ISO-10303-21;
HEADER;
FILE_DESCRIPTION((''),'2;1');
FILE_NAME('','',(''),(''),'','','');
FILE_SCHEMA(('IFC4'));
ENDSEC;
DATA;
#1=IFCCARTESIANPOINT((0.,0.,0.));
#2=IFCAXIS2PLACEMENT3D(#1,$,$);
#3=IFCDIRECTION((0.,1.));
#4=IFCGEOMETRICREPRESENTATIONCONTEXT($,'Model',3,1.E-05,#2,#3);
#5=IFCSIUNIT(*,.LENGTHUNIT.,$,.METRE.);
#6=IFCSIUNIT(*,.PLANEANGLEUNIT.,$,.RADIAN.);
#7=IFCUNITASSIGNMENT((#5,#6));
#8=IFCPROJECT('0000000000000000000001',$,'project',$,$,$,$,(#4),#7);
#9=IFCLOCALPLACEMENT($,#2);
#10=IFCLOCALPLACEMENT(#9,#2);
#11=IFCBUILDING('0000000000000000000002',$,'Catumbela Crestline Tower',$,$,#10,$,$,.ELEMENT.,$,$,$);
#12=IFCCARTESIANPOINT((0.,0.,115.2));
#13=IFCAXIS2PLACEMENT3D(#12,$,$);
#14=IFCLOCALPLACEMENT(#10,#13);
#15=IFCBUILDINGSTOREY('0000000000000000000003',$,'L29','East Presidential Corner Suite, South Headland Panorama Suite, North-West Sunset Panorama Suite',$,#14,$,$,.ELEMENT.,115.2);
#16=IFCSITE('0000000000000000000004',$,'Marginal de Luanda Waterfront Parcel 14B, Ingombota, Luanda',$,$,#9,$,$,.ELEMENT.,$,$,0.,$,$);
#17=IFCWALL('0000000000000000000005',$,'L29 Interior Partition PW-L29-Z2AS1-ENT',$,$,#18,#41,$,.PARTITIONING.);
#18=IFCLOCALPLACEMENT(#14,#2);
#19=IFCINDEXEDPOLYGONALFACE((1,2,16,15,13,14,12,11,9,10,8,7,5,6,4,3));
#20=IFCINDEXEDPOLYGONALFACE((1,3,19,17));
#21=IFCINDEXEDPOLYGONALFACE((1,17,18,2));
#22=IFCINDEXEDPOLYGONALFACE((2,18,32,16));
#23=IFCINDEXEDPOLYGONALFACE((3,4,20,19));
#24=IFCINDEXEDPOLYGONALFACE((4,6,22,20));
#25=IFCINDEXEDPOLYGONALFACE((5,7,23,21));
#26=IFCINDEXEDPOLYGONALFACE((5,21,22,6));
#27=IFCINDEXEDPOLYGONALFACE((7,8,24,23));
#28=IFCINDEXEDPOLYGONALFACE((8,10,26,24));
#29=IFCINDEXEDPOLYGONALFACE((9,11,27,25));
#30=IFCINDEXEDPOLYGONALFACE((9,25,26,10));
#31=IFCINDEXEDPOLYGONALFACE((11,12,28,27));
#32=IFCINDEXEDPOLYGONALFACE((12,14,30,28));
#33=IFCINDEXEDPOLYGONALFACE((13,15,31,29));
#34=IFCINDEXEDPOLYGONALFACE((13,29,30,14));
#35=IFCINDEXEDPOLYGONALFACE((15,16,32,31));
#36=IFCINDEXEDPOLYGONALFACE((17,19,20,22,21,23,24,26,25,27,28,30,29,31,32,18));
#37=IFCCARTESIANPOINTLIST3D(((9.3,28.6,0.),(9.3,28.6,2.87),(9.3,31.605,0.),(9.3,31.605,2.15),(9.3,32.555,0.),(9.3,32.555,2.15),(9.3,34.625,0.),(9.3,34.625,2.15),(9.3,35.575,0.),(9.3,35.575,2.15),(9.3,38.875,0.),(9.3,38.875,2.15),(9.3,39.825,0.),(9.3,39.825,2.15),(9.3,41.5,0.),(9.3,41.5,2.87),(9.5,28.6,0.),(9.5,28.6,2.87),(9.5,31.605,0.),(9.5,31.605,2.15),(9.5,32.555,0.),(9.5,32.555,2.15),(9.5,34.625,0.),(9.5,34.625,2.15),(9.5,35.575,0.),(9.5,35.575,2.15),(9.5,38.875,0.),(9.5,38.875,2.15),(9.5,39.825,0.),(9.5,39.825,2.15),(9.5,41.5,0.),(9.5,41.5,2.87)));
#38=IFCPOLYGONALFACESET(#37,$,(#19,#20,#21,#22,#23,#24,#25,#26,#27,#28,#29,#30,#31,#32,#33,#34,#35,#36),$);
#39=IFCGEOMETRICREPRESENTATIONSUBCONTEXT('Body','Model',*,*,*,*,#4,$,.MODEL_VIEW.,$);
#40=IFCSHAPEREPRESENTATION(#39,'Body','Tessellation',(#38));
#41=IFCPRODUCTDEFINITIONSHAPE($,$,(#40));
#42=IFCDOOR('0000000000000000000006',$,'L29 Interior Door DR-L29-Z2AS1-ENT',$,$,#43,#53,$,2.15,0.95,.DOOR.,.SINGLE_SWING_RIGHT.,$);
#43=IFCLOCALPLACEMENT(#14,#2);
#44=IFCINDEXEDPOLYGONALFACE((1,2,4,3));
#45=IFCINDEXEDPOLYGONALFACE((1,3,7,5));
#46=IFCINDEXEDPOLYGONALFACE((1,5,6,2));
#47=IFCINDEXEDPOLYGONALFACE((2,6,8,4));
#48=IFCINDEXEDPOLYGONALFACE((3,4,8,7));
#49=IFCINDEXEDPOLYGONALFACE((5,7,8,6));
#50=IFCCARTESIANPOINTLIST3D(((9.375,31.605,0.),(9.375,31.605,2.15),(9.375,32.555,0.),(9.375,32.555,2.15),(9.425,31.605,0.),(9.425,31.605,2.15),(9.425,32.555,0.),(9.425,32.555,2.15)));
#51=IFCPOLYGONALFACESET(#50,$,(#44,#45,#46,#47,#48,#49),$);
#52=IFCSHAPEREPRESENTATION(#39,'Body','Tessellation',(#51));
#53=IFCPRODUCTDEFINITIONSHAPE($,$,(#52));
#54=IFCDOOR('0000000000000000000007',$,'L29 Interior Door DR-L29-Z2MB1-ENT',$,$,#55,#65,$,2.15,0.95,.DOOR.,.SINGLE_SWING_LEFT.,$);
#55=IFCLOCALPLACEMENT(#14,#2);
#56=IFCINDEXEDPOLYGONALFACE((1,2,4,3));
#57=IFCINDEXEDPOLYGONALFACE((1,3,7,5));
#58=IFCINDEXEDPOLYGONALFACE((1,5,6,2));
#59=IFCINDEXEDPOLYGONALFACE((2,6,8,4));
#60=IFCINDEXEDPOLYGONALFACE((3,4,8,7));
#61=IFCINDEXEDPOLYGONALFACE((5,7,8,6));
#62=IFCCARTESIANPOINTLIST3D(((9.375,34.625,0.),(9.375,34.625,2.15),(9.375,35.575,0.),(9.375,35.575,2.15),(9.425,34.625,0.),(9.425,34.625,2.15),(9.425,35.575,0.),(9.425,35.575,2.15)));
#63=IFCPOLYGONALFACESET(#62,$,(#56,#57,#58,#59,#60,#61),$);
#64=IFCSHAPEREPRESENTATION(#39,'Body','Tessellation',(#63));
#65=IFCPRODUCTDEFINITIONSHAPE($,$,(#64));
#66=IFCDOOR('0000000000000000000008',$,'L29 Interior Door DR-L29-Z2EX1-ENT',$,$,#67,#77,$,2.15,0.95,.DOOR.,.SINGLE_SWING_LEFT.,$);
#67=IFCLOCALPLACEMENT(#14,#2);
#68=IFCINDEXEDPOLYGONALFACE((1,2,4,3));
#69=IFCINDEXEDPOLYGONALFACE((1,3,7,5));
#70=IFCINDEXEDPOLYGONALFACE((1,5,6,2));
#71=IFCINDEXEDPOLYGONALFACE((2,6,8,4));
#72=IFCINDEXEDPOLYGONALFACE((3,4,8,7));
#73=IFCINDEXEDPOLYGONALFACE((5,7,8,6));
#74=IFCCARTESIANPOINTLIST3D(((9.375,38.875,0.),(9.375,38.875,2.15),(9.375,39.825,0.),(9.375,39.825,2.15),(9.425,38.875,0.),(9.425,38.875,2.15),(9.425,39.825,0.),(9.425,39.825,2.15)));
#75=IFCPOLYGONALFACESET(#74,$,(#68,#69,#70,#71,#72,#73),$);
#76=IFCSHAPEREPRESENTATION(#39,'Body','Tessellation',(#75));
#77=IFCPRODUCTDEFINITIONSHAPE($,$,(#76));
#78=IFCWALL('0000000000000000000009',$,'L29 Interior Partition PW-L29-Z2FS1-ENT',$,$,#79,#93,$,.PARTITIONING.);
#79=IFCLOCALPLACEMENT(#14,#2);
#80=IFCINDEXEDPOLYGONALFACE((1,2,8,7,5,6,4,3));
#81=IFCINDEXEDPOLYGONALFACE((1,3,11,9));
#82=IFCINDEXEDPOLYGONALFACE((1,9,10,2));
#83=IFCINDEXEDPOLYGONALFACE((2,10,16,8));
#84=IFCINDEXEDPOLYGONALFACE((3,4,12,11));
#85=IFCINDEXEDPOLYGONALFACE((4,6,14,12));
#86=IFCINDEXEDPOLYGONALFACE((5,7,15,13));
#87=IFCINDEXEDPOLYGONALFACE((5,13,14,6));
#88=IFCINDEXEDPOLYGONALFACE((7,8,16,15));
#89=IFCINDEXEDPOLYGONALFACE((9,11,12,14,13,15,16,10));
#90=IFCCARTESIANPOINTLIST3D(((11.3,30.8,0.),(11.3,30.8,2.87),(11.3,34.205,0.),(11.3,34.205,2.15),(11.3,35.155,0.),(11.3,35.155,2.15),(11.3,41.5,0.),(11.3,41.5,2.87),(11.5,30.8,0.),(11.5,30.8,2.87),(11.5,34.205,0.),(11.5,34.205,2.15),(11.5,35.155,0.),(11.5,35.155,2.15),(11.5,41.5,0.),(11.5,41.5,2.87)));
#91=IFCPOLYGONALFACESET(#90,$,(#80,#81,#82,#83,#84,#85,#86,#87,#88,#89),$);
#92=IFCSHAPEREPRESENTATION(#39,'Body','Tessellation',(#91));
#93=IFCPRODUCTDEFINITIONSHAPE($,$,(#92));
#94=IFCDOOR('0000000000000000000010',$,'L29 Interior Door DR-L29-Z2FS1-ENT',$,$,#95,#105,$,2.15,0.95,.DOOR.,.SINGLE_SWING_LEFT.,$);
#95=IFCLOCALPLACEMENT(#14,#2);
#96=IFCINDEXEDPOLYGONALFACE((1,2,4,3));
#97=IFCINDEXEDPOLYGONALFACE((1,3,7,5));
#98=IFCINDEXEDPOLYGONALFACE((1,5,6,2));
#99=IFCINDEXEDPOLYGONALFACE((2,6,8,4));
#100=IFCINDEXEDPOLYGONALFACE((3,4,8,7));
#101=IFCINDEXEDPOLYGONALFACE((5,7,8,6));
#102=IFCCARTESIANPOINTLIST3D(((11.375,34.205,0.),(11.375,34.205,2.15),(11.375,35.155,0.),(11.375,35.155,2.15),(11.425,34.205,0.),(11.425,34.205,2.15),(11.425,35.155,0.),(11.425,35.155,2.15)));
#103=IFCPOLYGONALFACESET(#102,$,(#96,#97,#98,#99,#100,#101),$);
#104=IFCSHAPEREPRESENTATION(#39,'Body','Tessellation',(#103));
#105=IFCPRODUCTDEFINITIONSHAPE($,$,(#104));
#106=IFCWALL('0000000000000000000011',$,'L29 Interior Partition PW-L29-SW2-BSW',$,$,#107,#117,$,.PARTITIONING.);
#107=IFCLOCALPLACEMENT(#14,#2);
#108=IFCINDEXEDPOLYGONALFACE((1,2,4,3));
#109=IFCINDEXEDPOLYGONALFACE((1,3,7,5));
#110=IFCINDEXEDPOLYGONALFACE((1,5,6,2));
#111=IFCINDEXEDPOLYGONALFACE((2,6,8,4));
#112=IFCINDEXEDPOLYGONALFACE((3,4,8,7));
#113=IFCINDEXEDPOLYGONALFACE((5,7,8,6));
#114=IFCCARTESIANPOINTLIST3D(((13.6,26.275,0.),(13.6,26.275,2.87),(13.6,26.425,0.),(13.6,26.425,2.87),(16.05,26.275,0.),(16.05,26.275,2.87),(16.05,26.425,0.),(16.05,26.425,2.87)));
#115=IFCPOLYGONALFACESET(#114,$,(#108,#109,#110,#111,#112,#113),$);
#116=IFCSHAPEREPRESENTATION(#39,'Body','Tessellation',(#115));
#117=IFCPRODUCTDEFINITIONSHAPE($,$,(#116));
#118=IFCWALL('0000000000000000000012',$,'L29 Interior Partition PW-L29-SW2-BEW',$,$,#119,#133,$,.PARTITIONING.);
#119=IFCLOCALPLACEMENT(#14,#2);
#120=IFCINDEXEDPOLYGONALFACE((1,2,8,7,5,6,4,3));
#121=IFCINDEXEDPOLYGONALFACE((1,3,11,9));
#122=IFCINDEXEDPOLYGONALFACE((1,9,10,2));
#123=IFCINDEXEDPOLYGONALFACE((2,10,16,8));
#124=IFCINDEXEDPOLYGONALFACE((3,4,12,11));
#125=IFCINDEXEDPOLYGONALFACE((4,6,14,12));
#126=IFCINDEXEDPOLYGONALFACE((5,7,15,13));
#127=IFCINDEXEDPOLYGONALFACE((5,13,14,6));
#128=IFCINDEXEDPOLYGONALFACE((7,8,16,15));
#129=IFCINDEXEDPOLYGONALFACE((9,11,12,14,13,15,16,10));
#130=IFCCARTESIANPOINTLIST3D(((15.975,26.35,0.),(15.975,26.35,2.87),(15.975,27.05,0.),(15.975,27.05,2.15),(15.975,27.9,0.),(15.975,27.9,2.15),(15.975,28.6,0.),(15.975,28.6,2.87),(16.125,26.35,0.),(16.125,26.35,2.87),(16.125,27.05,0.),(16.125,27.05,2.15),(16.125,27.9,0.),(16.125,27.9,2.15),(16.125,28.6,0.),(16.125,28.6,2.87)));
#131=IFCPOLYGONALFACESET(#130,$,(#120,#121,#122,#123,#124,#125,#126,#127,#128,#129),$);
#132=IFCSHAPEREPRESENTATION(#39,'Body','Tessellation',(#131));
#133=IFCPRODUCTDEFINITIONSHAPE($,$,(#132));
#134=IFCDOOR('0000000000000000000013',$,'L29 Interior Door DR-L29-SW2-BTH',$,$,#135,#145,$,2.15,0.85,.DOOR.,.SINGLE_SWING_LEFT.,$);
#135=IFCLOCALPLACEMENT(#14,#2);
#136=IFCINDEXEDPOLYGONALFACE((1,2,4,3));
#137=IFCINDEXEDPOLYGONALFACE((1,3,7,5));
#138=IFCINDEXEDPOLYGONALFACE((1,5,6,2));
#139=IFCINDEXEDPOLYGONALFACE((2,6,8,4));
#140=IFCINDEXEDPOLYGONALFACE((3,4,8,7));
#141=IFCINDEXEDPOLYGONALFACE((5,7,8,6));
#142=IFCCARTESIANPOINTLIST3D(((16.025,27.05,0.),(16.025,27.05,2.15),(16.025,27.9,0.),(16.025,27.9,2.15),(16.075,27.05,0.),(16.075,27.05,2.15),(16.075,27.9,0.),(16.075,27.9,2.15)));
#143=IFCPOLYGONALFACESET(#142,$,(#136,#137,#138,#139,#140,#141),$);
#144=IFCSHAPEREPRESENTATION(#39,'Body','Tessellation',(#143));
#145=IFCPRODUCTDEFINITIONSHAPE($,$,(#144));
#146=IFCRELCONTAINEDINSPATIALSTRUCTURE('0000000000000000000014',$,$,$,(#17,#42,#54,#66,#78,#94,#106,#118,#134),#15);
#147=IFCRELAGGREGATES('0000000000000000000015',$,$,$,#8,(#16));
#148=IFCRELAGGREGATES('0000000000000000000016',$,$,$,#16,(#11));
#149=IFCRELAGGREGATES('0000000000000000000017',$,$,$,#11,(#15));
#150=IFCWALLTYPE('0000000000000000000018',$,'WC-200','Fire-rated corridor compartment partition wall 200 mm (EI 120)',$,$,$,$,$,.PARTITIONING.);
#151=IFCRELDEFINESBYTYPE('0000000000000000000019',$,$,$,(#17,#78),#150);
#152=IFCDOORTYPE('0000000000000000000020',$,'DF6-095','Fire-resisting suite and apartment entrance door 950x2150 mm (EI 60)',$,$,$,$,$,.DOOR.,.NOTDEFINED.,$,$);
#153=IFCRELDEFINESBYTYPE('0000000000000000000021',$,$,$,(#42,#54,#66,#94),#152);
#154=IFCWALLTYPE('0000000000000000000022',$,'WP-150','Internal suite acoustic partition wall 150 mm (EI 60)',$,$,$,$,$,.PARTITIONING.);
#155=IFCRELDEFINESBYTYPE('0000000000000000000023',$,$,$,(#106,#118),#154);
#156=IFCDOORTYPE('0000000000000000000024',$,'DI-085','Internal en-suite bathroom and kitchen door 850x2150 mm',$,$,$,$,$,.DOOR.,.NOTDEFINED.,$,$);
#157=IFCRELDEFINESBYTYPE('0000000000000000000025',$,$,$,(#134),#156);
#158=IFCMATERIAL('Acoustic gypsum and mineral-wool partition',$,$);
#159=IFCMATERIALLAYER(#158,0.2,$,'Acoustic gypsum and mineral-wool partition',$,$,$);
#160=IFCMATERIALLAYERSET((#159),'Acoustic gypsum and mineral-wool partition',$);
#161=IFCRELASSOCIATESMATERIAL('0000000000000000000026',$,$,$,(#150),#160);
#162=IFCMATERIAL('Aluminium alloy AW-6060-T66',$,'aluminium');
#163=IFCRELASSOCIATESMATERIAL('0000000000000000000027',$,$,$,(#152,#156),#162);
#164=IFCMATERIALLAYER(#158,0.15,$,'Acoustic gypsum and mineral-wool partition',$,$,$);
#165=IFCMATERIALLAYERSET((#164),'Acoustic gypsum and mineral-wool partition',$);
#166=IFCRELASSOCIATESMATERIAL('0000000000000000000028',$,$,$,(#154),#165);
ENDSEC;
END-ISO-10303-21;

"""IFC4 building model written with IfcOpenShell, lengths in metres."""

from ifc_helpers import new_model, si_unit, direction, frame, frame_2d, origin, place, context, subcontext, project, spatial, rectangle, extrude, material, layer, layer_set, type_object, element, fill, save


model = new_model("IFC4")

# Units and contexts
model_context = context("Model", 3, precision=1e-05, world=origin(), true_north=direction((0.0, 1.0)))
body_context = subcontext(model_context, "Body", "Model", "MODEL_VIEW")
ifc_project = project(units=[si_unit("LENGTHUNIT", "METRE"), si_unit("PLANEANGLEUNIT", "RADIAN")], contexts=[model_context])

# Site, building, storey
site_placement = place(None, origin())
site = spatial("IfcSite", under=ifc_project, at=site_placement, Name="Marginal de Luanda Waterfront Parcel 14B, Ingombota, Luanda", CompositionType="ELEMENT", RefElevation=0.0)
building_placement = place(site_placement, origin())
building = spatial("IfcBuilding", under=site, at=building_placement, Name="Catumbela Crestline Tower", CompositionType="ELEMENT")
storey_placement = place(building_placement, frame((0.0, 0.0, 115.2)))
storey = spatial("IfcBuildingStorey", under=building, at=storey_placement, Name="L29", Description="East Presidential Corner Suite, South Headland Panorama Suite, North-West Sunset Panorama Suite", CompositionType="ELEMENT", Elevation=115.2)

# Shared definitions
ifc_material_1 = material(Name="Acoustic gypsum and mineral-wool partition")
ifc_layer_1 = layer(ifc_material_1, 0.2, Name="Acoustic gypsum and mineral-wool partition")
ifc_layer_set_1 = layer_set([ifc_layer_1], Name="Acoustic gypsum and mineral-wool partition")
wall_type_1 = type_object("IfcWallType", Name="WC-200", Description="Fire-rated corridor compartment partition wall 200 mm (EI 120)", PredefinedType="PARTITIONING", material=ifc_layer_set_1)
ifc_material_2 = material(Name="Aluminium alloy AW-6060-T66", Category="aluminium")
door_type_1 = type_object("IfcDoorType", Name="DF6-095", Description="Fire-resisting suite and apartment entrance door 950x2150 mm (EI 60)", OperationType="NOTDEFINED", PredefinedType="DOOR", material=ifc_material_2)

# Wall, openings, doors
wall_1_placement = place(storey_placement, frame((9.4, 28.6, 0.0), z_axis=(0.0, 0.0, 1.0), x_axis=(0.0, 1.0, 0.0)))
wall_1 = element("IfcWall", 1, at=wall_1_placement, inside=storey, type_object=wall_type_1, Name="L29 Interior Partition PW-L29-Z2AS1-ENT", PredefinedType="PARTITIONING", context=body_context, shape_type="SweptSolid", body=[
    extrude(rectangle(XDim=12.9, YDim=0.2, at=frame_2d((6.45, 0.0))), origin(), (0.0, 0.0, 1.0), 2.87),
])
opening_1_placement = place(wall_1_placement, frame((3.005, 0.0, 0.0)))
opening_1 = element("IfcOpeningElement", 2, at=opening_1_placement, cuts=wall_1, PredefinedType="OPENING", context=body_context, shape_type="SweptSolid", body=[
    extrude(rectangle(XDim=0.95, YDim=2.15, at=frame_2d((0.475, 1.075))), frame((0.0, 0.11, 0.0), z_axis=(0.0, -1.0, 0.0), x_axis=(1.0, 0.0, 0.0)), (0.0, 0.0, 1.0), 0.22),
])
opening_2_placement = place(wall_1_placement, frame((6.025, 0.0, 0.0)))
opening_2 = element("IfcOpeningElement", 3, at=opening_2_placement, cuts=wall_1, PredefinedType="OPENING", context=body_context, shape_type="SweptSolid", body=[
    extrude(rectangle(XDim=0.95, YDim=2.15, at=frame_2d((0.475, 1.075))), frame((0.0, 0.11, 0.0), z_axis=(0.0, -1.0, 0.0), x_axis=(1.0, 0.0, 0.0)), (0.0, 0.0, 1.0), 0.22),
])
opening_3_placement = place(wall_1_placement, frame((10.275, 0.0, 0.0)))
opening_3 = element("IfcOpeningElement", 4, at=opening_3_placement, cuts=wall_1, PredefinedType="OPENING", context=body_context, shape_type="SweptSolid", body=[
    extrude(rectangle(XDim=0.95, YDim=2.15, at=frame_2d((0.475, 1.075))), frame((0.0, 0.11, 0.0), z_axis=(0.0, -1.0, 0.0), x_axis=(1.0, 0.0, 0.0)), (0.0, 0.0, 1.0), 0.22),
])
door_1_placement = place(opening_1_placement, origin())
door_1 = element("IfcDoor", 5, at=door_1_placement, inside=storey, type_object=door_type_1, Name="L29 Interior Door DR-L29-Z2AS1-ENT", OperationType="SINGLE_SWING_RIGHT", OverallHeight=2.15, OverallWidth=0.95, PredefinedType="DOOR", context=body_context, shape_type="SweptSolid", body=[
    extrude(rectangle(XDim=0.95, YDim=2.15, at=frame_2d((0.475, 1.075))), frame((0.0, 0.025, 0.0), z_axis=(0.0, -1.0, 0.0), x_axis=(1.0, 0.0, 0.0)), (0.0, 0.0, 1.0), 0.05),
])
fill(opening_1, door_1)
door_2_placement = place(opening_2_placement, origin())
door_2 = element("IfcDoor", 6, at=door_2_placement, inside=storey, type_object=door_type_1, Name="L29 Interior Door DR-L29-Z2MB1-ENT", OperationType="SINGLE_SWING_LEFT", OverallHeight=2.15, OverallWidth=0.95, PredefinedType="DOOR", context=body_context, shape_type="SweptSolid", body=[
    extrude(rectangle(XDim=0.95, YDim=2.15, at=frame_2d((0.475, 1.075))), frame((0.0, 0.025, 0.0), z_axis=(0.0, -1.0, 0.0), x_axis=(1.0, 0.0, 0.0)), (0.0, 0.0, 1.0), 0.05),
])
fill(opening_2, door_2)
door_3_placement = place(opening_3_placement, origin())
door_3 = element("IfcDoor", 7, at=door_3_placement, inside=storey, type_object=door_type_1, Name="L29 Interior Door DR-L29-Z2EX1-ENT", OperationType="SINGLE_SWING_LEFT", OverallHeight=2.15, OverallWidth=0.95, PredefinedType="DOOR", context=body_context, shape_type="SweptSolid", body=[
    extrude(rectangle(XDim=0.95, YDim=2.15, at=frame_2d((0.475, 1.075))), frame((0.0, 0.025, 0.0), z_axis=(0.0, -1.0, 0.0), x_axis=(1.0, 0.0, 0.0)), (0.0, 0.0, 1.0), 0.05),
])
fill(opening_3, door_3)

# Wall, opening, door
wall_2_placement = place(storey_placement, frame((11.4, 30.8, 0.0), z_axis=(0.0, 0.0, 1.0), x_axis=(0.0, 1.0, 0.0)))
wall_2 = element("IfcWall", 8, at=wall_2_placement, inside=storey, type_object=wall_type_1, Name="L29 Interior Partition PW-L29-Z2FS1-ENT", PredefinedType="PARTITIONING", context=body_context, shape_type="SweptSolid", body=[
    extrude(rectangle(XDim=10.7, YDim=0.2, at=frame_2d((5.35, 0.0))), origin(), (0.0, 0.0, 1.0), 2.87),
])
opening_4_placement = place(wall_2_placement, frame((3.405, 0.0, 0.0)))
opening_4 = element("IfcOpeningElement", 9, at=opening_4_placement, cuts=wall_2, PredefinedType="OPENING", context=body_context, shape_type="SweptSolid", body=[
    extrude(rectangle(XDim=0.95, YDim=2.15, at=frame_2d((0.475, 1.075))), frame((0.0, 0.11, 0.0), z_axis=(0.0, -1.0, 0.0), x_axis=(1.0, 0.0, 0.0)), (0.0, 0.0, 1.0), 0.22),
])
door_4_placement = place(opening_4_placement, origin())
door_4 = element("IfcDoor", 10, at=door_4_placement, inside=storey, type_object=door_type_1, Name="L29 Interior Door DR-L29-Z2FS1-ENT", OperationType="SINGLE_SWING_LEFT", OverallHeight=2.15, OverallWidth=0.95, PredefinedType="DOOR", context=body_context, shape_type="SweptSolid", body=[
    extrude(rectangle(XDim=0.95, YDim=2.15, at=frame_2d((0.475, 1.075))), frame((0.0, 0.025, 0.0), z_axis=(0.0, -1.0, 0.0), x_axis=(1.0, 0.0, 0.0)), (0.0, 0.0, 1.0), 0.05),
])
fill(opening_4, door_4)

# Wall
ifc_layer_2 = layer(ifc_material_1, 0.15, Name="Acoustic gypsum and mineral-wool partition")
ifc_layer_set_2 = layer_set([ifc_layer_2], Name="Acoustic gypsum and mineral-wool partition")
wall_type_2 = type_object("IfcWallType", Name="WP-150", Description="Internal suite acoustic partition wall 150 mm (EI 60)", PredefinedType="PARTITIONING", material=ifc_layer_set_2)
wall_3_placement = place(storey_placement, frame((13.6, 26.35, 0.0), z_axis=(0.0, 0.0, 1.0), x_axis=(1.0, 0.0, 0.0)))
element("IfcWall", 11, at=wall_3_placement, inside=storey, type_object=wall_type_2, Name="L29 Interior Partition PW-L29-SW2-BSW", PredefinedType="PARTITIONING", context=body_context, shape_type="SweptSolid", body=[
    extrude(rectangle(XDim=2.45, YDim=0.15, at=frame_2d((1.225, 0.0))), origin(), (0.0, 0.0, 1.0), 2.87),
])

# Wall, opening, door
wall_4_placement = place(storey_placement, frame((16.05, 26.35, 0.0), z_axis=(0.0, 0.0, 1.0), x_axis=(0.0, 1.0, 0.0)))
wall_4 = element("IfcWall", 12, at=wall_4_placement, inside=storey, type_object=wall_type_2, Name="L29 Interior Partition PW-L29-SW2-BEW", PredefinedType="PARTITIONING", context=body_context, shape_type="SweptSolid", body=[
    extrude(rectangle(XDim=2.25, YDim=0.15, at=frame_2d((1.125, 0.0))), origin(), (0.0, 0.0, 1.0), 2.87),
])
opening_5_placement = place(wall_4_placement, frame((0.7, 0.0, 0.0)))
opening_5 = element("IfcOpeningElement", 13, at=opening_5_placement, cuts=wall_4, PredefinedType="OPENING", context=body_context, shape_type="SweptSolid", body=[
    extrude(rectangle(XDim=0.85, YDim=2.15, at=frame_2d((0.425, 1.075))), frame((0.0, 0.085, 0.0), z_axis=(0.0, -1.0, 0.0), x_axis=(1.0, 0.0, 0.0)), (0.0, 0.0, 1.0), 0.17),
])
door_type_2 = type_object("IfcDoorType", Name="DI-085", Description="Internal en-suite bathroom and kitchen door 850x2150 mm", OperationType="NOTDEFINED", PredefinedType="DOOR", material=ifc_material_2)
door_5_placement = place(opening_5_placement, origin())
door_5 = element("IfcDoor", 14, at=door_5_placement, inside=storey, type_object=door_type_2, Name="L29 Interior Door DR-L29-SW2-BTH", OperationType="SINGLE_SWING_LEFT", OverallHeight=2.15, OverallWidth=0.85, PredefinedType="DOOR", context=body_context, shape_type="SweptSolid", body=[
    extrude(rectangle(XDim=0.85, YDim=2.15, at=frame_2d((0.425, 1.075))), frame((0.0, 0.025, 0.0), z_axis=(0.0, -1.0, 0.0), x_axis=(1.0, 0.0, 0.0)), (0.0, 0.0, 1.0), 0.05),
])
fill(opening_5, door_5)

save(model, "model.ifc")
